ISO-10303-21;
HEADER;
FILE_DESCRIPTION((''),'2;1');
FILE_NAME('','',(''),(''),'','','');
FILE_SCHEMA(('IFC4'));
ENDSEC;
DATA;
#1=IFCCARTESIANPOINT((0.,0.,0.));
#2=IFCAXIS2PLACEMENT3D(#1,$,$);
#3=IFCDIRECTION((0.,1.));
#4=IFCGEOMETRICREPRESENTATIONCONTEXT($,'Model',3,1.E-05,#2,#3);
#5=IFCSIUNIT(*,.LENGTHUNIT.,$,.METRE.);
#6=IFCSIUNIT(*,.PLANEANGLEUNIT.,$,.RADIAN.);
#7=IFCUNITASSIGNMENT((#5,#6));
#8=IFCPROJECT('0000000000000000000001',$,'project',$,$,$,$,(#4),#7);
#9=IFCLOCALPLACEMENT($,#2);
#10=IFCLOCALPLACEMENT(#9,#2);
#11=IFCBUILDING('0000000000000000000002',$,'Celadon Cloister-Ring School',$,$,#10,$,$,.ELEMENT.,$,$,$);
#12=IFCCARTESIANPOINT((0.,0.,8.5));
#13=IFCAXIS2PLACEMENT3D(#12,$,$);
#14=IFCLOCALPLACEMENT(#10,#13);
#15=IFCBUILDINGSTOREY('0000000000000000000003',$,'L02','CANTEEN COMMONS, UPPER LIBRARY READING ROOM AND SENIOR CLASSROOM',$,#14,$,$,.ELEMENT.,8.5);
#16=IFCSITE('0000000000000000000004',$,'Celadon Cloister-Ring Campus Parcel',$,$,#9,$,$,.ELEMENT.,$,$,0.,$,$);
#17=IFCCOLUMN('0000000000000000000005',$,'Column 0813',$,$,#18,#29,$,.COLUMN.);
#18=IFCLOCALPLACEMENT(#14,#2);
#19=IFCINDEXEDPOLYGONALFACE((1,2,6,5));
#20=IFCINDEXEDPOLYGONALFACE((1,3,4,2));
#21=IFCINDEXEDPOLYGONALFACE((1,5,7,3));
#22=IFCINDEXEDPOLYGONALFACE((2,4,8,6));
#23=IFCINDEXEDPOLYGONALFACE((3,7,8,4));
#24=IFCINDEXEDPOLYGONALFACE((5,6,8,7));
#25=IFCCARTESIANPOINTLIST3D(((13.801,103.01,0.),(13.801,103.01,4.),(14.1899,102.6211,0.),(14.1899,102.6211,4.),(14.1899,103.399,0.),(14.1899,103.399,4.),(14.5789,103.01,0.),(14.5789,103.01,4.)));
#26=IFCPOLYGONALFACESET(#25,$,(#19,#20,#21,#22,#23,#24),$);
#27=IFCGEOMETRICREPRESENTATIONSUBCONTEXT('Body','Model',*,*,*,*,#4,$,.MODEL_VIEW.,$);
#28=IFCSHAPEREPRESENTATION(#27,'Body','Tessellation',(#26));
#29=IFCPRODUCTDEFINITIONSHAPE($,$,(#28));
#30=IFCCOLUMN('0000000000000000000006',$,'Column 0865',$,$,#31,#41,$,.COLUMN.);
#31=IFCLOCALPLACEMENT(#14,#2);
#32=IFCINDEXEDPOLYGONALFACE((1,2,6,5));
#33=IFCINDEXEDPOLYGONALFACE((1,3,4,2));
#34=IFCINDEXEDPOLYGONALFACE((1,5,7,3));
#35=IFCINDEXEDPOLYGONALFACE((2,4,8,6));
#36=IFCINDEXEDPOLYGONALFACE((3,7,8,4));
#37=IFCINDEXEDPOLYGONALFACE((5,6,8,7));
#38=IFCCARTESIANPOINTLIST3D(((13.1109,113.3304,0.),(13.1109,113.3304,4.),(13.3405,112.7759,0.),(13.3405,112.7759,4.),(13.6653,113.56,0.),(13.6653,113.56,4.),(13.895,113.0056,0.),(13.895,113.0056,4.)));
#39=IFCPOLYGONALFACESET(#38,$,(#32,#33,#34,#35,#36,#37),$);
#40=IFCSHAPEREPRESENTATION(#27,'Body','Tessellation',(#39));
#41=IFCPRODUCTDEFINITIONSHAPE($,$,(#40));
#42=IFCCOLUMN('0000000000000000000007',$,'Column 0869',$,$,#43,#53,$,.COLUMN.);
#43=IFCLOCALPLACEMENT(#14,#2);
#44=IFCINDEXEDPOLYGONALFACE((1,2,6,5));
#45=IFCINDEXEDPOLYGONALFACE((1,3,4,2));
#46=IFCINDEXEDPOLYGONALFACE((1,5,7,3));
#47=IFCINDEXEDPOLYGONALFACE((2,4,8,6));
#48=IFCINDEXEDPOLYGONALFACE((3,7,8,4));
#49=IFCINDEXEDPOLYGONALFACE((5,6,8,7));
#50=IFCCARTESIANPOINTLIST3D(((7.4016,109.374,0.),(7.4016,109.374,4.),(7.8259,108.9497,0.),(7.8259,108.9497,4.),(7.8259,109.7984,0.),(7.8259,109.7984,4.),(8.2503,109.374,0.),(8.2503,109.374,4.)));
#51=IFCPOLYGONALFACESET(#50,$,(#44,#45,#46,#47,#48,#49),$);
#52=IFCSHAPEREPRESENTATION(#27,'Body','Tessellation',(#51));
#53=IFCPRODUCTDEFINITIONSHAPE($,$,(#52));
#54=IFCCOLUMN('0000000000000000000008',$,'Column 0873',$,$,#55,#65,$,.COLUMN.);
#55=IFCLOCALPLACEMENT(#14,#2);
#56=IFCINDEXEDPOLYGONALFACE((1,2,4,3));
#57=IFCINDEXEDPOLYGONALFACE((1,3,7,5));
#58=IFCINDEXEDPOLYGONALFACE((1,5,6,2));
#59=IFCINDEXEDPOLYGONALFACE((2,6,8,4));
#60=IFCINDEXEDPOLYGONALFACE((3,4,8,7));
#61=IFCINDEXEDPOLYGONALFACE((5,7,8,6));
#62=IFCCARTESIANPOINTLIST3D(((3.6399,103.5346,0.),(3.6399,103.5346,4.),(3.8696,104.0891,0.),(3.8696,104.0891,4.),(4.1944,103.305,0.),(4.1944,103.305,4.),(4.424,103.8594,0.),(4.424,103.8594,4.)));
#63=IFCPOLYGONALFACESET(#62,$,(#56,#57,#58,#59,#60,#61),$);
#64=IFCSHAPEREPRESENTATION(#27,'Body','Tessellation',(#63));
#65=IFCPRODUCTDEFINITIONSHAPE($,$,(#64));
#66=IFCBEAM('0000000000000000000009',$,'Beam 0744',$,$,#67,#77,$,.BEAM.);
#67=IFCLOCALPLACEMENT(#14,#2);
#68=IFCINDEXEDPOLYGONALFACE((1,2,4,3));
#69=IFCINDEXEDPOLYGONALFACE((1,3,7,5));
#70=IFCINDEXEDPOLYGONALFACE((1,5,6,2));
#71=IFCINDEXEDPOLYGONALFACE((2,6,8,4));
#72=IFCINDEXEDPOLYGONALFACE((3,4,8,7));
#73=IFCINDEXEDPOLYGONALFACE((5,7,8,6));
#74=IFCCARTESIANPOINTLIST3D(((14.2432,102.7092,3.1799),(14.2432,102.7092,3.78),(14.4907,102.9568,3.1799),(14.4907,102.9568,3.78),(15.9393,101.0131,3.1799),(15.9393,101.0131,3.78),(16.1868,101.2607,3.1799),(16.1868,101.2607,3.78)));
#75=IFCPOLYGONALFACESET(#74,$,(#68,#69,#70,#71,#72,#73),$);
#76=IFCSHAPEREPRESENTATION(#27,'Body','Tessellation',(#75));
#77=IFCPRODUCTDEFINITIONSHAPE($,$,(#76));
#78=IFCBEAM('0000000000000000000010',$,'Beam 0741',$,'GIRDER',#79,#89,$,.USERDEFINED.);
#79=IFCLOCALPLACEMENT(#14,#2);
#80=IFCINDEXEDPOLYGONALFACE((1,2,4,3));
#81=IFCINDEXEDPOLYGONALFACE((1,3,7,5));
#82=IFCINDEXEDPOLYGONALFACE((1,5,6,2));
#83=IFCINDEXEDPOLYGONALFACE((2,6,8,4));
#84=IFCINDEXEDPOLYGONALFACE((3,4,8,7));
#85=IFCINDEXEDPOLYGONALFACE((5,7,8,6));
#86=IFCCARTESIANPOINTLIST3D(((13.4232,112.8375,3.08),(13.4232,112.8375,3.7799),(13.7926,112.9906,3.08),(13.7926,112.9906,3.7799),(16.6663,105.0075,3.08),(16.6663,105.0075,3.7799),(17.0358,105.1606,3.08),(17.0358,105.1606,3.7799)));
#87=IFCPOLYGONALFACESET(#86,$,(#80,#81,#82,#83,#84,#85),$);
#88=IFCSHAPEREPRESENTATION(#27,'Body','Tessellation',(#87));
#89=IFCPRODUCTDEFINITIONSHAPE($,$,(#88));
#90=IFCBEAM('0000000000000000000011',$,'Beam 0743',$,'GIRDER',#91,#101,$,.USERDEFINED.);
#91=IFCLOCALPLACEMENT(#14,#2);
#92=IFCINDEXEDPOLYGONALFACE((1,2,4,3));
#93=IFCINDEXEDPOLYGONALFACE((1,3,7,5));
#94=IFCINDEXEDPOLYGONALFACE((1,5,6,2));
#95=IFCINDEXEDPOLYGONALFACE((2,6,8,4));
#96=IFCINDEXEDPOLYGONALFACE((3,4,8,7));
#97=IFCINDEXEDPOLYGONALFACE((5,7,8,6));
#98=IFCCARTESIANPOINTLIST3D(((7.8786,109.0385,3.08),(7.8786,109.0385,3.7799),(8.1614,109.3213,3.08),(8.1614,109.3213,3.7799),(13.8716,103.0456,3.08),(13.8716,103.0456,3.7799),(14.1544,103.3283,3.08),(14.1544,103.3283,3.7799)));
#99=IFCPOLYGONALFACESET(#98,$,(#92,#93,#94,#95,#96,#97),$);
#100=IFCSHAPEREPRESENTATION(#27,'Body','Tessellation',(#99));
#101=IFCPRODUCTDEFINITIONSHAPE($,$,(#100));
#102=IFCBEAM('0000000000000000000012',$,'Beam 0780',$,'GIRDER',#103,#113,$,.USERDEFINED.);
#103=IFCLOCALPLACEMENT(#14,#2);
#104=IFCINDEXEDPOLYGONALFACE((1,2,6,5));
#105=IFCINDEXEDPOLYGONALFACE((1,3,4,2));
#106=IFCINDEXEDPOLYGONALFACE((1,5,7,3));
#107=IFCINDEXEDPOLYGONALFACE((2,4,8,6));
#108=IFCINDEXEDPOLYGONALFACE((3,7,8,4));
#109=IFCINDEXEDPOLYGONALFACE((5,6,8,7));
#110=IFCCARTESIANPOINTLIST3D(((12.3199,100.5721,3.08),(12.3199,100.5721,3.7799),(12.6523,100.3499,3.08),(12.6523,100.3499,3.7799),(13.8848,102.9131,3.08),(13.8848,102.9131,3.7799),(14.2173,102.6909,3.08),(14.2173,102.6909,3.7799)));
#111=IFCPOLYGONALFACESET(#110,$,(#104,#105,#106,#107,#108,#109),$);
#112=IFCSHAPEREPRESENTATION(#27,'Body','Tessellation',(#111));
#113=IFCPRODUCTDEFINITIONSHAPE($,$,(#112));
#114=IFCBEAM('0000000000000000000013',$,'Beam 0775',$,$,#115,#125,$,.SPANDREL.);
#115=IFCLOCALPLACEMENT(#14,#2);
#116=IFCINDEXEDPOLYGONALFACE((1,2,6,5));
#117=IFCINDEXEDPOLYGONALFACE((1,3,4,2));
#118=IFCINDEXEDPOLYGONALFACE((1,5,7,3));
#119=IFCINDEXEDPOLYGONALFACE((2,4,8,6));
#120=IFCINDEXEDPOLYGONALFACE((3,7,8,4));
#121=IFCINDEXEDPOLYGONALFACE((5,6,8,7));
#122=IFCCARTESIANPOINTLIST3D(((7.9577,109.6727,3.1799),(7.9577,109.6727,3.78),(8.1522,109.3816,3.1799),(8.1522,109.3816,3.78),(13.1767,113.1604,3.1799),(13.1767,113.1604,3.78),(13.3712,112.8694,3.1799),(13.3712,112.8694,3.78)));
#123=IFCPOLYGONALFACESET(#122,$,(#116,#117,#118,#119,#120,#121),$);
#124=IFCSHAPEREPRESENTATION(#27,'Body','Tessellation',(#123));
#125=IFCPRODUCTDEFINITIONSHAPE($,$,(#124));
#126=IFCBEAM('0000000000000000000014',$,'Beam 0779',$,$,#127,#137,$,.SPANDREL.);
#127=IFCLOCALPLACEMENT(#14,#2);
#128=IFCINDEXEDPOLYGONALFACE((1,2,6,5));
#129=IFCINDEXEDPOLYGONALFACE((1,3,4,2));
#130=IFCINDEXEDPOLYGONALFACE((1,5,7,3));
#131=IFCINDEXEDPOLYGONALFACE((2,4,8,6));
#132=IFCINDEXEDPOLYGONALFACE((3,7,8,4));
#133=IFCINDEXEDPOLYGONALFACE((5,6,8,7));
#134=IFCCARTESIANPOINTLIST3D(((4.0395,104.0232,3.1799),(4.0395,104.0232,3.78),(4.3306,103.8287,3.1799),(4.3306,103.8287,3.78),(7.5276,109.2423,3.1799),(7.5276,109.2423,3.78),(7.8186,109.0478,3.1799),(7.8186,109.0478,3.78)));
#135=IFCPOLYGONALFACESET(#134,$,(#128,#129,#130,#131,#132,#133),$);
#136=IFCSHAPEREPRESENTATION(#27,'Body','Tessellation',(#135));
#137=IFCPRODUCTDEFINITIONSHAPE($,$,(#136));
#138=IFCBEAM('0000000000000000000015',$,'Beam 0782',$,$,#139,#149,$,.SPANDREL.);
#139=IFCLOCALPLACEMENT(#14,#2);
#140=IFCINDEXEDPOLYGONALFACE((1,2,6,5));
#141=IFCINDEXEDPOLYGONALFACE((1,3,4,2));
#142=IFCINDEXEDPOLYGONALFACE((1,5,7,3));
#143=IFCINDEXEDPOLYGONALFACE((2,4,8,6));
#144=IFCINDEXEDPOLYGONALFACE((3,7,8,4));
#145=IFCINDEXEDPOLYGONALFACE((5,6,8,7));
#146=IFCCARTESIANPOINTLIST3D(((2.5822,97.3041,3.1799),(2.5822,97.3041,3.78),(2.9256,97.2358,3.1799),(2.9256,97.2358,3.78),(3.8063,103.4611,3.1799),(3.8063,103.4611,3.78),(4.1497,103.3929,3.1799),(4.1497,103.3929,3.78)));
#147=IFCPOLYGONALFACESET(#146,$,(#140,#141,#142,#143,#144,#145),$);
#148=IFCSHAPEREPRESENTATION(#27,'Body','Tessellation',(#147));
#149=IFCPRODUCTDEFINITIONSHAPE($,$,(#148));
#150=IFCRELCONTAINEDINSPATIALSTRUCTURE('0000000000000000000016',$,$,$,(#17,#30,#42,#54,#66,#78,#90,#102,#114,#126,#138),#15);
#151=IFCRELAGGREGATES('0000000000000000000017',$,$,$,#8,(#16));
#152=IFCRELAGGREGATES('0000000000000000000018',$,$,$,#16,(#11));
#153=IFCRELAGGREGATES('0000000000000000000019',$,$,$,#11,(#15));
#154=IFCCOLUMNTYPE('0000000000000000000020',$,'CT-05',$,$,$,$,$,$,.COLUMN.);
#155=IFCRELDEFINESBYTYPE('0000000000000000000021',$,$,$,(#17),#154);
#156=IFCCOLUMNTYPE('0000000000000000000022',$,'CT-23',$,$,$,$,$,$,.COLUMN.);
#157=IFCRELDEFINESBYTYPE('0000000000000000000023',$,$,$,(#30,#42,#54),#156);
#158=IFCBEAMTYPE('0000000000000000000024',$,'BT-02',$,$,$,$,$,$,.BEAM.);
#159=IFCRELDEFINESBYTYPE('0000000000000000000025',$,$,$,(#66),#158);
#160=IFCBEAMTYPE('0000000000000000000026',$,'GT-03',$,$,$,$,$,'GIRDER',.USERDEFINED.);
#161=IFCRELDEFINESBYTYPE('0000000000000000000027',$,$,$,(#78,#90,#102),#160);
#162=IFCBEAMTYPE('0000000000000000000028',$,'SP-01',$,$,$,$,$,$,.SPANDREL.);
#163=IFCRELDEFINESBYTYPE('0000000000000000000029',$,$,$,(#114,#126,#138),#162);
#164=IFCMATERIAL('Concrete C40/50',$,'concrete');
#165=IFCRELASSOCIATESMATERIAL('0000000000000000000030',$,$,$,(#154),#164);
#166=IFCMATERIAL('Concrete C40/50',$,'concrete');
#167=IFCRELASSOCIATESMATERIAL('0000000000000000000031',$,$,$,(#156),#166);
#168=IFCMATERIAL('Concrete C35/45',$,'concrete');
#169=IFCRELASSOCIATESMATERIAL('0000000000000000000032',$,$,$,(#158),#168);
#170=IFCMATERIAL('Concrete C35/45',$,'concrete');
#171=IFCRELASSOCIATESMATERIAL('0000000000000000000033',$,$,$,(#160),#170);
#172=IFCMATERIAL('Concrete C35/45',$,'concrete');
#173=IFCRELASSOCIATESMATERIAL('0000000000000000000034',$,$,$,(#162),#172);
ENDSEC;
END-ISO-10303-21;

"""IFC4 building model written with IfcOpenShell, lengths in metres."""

from ifc_helpers import new_model, si_unit, direction, frame, origin, origin_2d, place, context, subcontext, project, spatial, rectangle, extrude, material, material_profile, profile_set, type_object, element, save


model = new_model("IFC4")

# Units and contexts
model_context = context("Model", 3, precision=1e-05, world=origin(), true_north=direction((0.0, 1.0)))
body_context = subcontext(model_context, "Body", "Model", "MODEL_VIEW")
ifc_project = project(units=[si_unit("LENGTHUNIT", "METRE"), si_unit("PLANEANGLEUNIT", "RADIAN")], contexts=[model_context])

# Site, building, storey
site_placement = place(None, origin())
site = spatial("IfcSite", under=ifc_project, at=site_placement, Name="Celadon Cloister-Ring Campus Parcel", CompositionType="ELEMENT", RefElevation=0.0)
building_placement = place(site_placement, origin())
building = spatial("IfcBuilding", under=site, at=building_placement, Name="Celadon Cloister-Ring School", CompositionType="ELEMENT")
storey_placement = place(building_placement, frame((0.0, 0.0, 8.5)))
storey = spatial("IfcBuildingStorey", under=building, at=storey_placement, Name="L02", Description="CANTEEN COMMONS, UPPER LIBRARY READING ROOM AND SENIOR CLASSROOM", CompositionType="ELEMENT", Elevation=8.5)

# Columns
ifc_material_1 = material(Name="Concrete C40/50", Category="concrete")
ifc_material_profile_1 = material_profile(ifc_material_1, rectangle(XDim=0.55, YDim=0.55, at=origin_2d()), Name="RC550X550")
ifc_profile_set_1 = profile_set([ifc_material_profile_1], Name="Concrete C40/50")
column_type_1 = type_object("IfcColumnType", Name="CT-05", PredefinedType="COLUMN", material=ifc_profile_set_1)
column_placement = place(storey_placement, frame((14.1899, 103.01, 0.0), z_axis=(0.0, 0.0, 1.0), x_axis=(-0.707107, 0.707107, 0.0)))
element("IfcColumn", 1, at=column_placement, inside=storey, type_object=column_type_1, Name="Column 0813", PredefinedType="COLUMN", context=body_context, shape_type="SweptSolid", body=[
    extrude(rectangle(XDim=0.55, YDim=0.55, at=origin_2d()), origin(), (0.0, 0.0, 1.0), 4.0),
])
ifc_material_2 = material(Name="Concrete C40/50", Category="concrete")
ifc_material_profile_2 = material_profile(ifc_material_2, rectangle(XDim=0.6001, YDim=0.6001, at=origin_2d()), Name="RC600X600")
ifc_profile_set_2 = profile_set([ifc_material_profile_2], Name="Concrete C40/50")
column_type_2 = type_object("IfcColumnType", Name="CT-23", PredefinedType="COLUMN", material=ifc_profile_set_2)
for number, where, z_axis, x_axis, name in (
    (2, (13.5029, 113.168, 0.0), (0.0, 0.0, 1.0), (-0.382683, 0.92388, 0.0), "Column 0865"),
    (3, (7.8259, 109.374, 0.0), (0.0, 0.0, 1.0), (-0.707107, 0.707107, 0.0), "Column 0869"),
    (4, (4.032, 103.697, 0.0), (0.0, 0.0, 1.0), (-0.92388, 0.382683, 0.0), "Column 0873"),
):
    element("IfcColumn", number, at=place(storey_placement, frame(where, z_axis=z_axis, x_axis=x_axis)), inside=storey, type_object=column_type_2, Name=name, PredefinedType="COLUMN", context=body_context, shape_type="SweptSolid", body=[
        extrude(rectangle(XDim=0.6001, YDim=0.6001, at=origin_2d()), origin(), (0.0, 0.0, 1.0), 4.0),
    ])

# Beams
ifc_material_3 = material(Name="Concrete C35/45", Category="concrete")
ifc_material_profile_3 = material_profile(ifc_material_3, rectangle(XDim=0.3501, YDim=0.6001, at=origin_2d()), Name="RC350X600")
ifc_profile_set_3 = profile_set([ifc_material_profile_3], Name="Concrete C35/45")
beam_type_1 = type_object("IfcBeamType", Name="BT-02", PredefinedType="BEAM", material=ifc_profile_set_3)
beam_1_placement = place(storey_placement, frame((14.3669, 102.833, 3.48), z_axis=(0.707107, -0.707107, 0.0), x_axis=(0.707107, 0.707107, 0.0)))
element("IfcBeam", 5, at=beam_1_placement, inside=storey, type_object=beam_type_1, Name="Beam 0744", PredefinedType="BEAM", context=body_context, shape_type="SweptSolid", body=[
    extrude(rectangle(XDim=0.3501, YDim=0.6001, at=origin_2d()), origin(), (0.0, 0.0, 1.0), 2.3987),
])
ifc_material_4 = material(Name="Concrete C35/45", Category="concrete")
ifc_material_profile_4 = material_profile(ifc_material_4, rectangle(XDim=0.3999, YDim=0.7, at=origin_2d()), Name="RC400X700")
ifc_profile_set_4 = profile_set([ifc_material_profile_4], Name="Concrete C35/45")
beam_type_2 = type_object("IfcBeamType", Name="GT-03", ElementType="GIRDER", PredefinedType="USERDEFINED", material=ifc_profile_set_4)
beam_2_placement = place(storey_placement, frame((13.6079, 112.9141, 3.4299), z_axis=(0.382667, -0.923886, 0.0), x_axis=(0.923886, 0.382667, 0.0)))
element("IfcBeam", 6, at=beam_2_placement, inside=storey, type_object=beam_type_2, Name="Beam 0741", ObjectType="GIRDER", PredefinedType="USERDEFINED", context=body_context, shape_type="SweptSolid", body=[
    extrude(rectangle(XDim=0.3999, YDim=0.7, at=origin_2d()), origin(), (0.0, 0.0, 1.0), 8.4751),
])
beam_3_placement = place(storey_placement, frame((8.02, 109.1799, 3.4299), z_axis=(0.707107, -0.707107, 0.0), x_axis=(0.707107, 0.707107, 0.0)))
element("IfcBeam", 7, at=beam_3_placement, inside=storey, type_object=beam_type_2, Name="Beam 0743", ObjectType="GIRDER", PredefinedType="USERDEFINED", context=body_context, shape_type="SweptSolid", body=[
    extrude(rectangle(XDim=0.3999, YDim=0.7, at=origin_2d()), origin(), (0.0, 0.0, 1.0), 8.4753),
])
beam_4_placement = place(storey_placement, frame((14.051, 102.802, 3.4299), z_axis=(-0.55574, -0.831356, 0.0), x_axis=(0.831356, -0.55574, 0.0)))
element("IfcBeam", 8, at=beam_4_placement, inside=storey, type_object=beam_type_2, Name="Beam 0780", ObjectType="GIRDER", PredefinedType="USERDEFINED", context=body_context, shape_type="SweptSolid", body=[
    extrude(rectangle(XDim=0.3999, YDim=0.7, at=origin_2d()), origin(), (0.0, 0.0, 1.0), 2.8159),
])
ifc_material_5 = material(Name="Concrete C35/45", Category="concrete")
ifc_material_profile_5 = material_profile(ifc_material_5, rectangle(XDim=0.3501, YDim=0.6001, at=origin_2d()), Name="RC350X600")
ifc_profile_set_5 = profile_set([ifc_material_profile_5], Name="Concrete C35/45")
beam_type_3 = type_object("IfcBeamType", Name="SP-01", PredefinedType="SPANDREL", material=ifc_profile_set_5)
beam_5_placement = place(storey_placement, frame((13.2739, 113.0149, 3.48), z_axis=(-0.831427, -0.555633, 0.0), x_axis=(0.555633, -0.831427, 0.0)))
element("IfcBeam", 9, at=beam_5_placement, inside=storey, type_object=beam_type_3, Name="Beam 0775", PredefinedType="SPANDREL", context=body_context, shape_type="SweptSolid", body=[
    extrude(rectangle(XDim=0.3501, YDim=0.6001, at=origin_2d()), origin(), (0.0, 0.0, 1.0), 6.2771),
])
beam_6_placement = place(storey_placement, frame((7.6731, 109.145, 3.48), z_axis=(-0.55566, -0.83141, 0.0), x_axis=(0.83141, -0.55566, 0.0)))
element("IfcBeam", 10, at=beam_6_placement, inside=storey, type_object=beam_type_3, Name="Beam 0779", PredefinedType="SPANDREL", context=body_context, shape_type="SweptSolid", body=[
    extrude(rectangle(XDim=0.3501, YDim=0.6001, at=origin_2d()), origin(), (0.0, 0.0, 1.0), 6.2773),
])
beam_7_placement = place(storey_placement, frame((3.978, 103.427, 3.48), z_axis=(-0.195002, -0.980803, 0.0), x_axis=(0.980803, -0.195002, 0.0)))
element("IfcBeam", 11, at=beam_7_placement, inside=storey, type_object=beam_type_3, Name="Beam 0782", PredefinedType="SPANDREL", context=body_context, shape_type="SweptSolid", body=[
    extrude(rectangle(XDim=0.3501, YDim=0.6001, at=origin_2d()), origin(), (0.0, 0.0, 1.0), 6.2776),
])

save(model, "model.ifc")
